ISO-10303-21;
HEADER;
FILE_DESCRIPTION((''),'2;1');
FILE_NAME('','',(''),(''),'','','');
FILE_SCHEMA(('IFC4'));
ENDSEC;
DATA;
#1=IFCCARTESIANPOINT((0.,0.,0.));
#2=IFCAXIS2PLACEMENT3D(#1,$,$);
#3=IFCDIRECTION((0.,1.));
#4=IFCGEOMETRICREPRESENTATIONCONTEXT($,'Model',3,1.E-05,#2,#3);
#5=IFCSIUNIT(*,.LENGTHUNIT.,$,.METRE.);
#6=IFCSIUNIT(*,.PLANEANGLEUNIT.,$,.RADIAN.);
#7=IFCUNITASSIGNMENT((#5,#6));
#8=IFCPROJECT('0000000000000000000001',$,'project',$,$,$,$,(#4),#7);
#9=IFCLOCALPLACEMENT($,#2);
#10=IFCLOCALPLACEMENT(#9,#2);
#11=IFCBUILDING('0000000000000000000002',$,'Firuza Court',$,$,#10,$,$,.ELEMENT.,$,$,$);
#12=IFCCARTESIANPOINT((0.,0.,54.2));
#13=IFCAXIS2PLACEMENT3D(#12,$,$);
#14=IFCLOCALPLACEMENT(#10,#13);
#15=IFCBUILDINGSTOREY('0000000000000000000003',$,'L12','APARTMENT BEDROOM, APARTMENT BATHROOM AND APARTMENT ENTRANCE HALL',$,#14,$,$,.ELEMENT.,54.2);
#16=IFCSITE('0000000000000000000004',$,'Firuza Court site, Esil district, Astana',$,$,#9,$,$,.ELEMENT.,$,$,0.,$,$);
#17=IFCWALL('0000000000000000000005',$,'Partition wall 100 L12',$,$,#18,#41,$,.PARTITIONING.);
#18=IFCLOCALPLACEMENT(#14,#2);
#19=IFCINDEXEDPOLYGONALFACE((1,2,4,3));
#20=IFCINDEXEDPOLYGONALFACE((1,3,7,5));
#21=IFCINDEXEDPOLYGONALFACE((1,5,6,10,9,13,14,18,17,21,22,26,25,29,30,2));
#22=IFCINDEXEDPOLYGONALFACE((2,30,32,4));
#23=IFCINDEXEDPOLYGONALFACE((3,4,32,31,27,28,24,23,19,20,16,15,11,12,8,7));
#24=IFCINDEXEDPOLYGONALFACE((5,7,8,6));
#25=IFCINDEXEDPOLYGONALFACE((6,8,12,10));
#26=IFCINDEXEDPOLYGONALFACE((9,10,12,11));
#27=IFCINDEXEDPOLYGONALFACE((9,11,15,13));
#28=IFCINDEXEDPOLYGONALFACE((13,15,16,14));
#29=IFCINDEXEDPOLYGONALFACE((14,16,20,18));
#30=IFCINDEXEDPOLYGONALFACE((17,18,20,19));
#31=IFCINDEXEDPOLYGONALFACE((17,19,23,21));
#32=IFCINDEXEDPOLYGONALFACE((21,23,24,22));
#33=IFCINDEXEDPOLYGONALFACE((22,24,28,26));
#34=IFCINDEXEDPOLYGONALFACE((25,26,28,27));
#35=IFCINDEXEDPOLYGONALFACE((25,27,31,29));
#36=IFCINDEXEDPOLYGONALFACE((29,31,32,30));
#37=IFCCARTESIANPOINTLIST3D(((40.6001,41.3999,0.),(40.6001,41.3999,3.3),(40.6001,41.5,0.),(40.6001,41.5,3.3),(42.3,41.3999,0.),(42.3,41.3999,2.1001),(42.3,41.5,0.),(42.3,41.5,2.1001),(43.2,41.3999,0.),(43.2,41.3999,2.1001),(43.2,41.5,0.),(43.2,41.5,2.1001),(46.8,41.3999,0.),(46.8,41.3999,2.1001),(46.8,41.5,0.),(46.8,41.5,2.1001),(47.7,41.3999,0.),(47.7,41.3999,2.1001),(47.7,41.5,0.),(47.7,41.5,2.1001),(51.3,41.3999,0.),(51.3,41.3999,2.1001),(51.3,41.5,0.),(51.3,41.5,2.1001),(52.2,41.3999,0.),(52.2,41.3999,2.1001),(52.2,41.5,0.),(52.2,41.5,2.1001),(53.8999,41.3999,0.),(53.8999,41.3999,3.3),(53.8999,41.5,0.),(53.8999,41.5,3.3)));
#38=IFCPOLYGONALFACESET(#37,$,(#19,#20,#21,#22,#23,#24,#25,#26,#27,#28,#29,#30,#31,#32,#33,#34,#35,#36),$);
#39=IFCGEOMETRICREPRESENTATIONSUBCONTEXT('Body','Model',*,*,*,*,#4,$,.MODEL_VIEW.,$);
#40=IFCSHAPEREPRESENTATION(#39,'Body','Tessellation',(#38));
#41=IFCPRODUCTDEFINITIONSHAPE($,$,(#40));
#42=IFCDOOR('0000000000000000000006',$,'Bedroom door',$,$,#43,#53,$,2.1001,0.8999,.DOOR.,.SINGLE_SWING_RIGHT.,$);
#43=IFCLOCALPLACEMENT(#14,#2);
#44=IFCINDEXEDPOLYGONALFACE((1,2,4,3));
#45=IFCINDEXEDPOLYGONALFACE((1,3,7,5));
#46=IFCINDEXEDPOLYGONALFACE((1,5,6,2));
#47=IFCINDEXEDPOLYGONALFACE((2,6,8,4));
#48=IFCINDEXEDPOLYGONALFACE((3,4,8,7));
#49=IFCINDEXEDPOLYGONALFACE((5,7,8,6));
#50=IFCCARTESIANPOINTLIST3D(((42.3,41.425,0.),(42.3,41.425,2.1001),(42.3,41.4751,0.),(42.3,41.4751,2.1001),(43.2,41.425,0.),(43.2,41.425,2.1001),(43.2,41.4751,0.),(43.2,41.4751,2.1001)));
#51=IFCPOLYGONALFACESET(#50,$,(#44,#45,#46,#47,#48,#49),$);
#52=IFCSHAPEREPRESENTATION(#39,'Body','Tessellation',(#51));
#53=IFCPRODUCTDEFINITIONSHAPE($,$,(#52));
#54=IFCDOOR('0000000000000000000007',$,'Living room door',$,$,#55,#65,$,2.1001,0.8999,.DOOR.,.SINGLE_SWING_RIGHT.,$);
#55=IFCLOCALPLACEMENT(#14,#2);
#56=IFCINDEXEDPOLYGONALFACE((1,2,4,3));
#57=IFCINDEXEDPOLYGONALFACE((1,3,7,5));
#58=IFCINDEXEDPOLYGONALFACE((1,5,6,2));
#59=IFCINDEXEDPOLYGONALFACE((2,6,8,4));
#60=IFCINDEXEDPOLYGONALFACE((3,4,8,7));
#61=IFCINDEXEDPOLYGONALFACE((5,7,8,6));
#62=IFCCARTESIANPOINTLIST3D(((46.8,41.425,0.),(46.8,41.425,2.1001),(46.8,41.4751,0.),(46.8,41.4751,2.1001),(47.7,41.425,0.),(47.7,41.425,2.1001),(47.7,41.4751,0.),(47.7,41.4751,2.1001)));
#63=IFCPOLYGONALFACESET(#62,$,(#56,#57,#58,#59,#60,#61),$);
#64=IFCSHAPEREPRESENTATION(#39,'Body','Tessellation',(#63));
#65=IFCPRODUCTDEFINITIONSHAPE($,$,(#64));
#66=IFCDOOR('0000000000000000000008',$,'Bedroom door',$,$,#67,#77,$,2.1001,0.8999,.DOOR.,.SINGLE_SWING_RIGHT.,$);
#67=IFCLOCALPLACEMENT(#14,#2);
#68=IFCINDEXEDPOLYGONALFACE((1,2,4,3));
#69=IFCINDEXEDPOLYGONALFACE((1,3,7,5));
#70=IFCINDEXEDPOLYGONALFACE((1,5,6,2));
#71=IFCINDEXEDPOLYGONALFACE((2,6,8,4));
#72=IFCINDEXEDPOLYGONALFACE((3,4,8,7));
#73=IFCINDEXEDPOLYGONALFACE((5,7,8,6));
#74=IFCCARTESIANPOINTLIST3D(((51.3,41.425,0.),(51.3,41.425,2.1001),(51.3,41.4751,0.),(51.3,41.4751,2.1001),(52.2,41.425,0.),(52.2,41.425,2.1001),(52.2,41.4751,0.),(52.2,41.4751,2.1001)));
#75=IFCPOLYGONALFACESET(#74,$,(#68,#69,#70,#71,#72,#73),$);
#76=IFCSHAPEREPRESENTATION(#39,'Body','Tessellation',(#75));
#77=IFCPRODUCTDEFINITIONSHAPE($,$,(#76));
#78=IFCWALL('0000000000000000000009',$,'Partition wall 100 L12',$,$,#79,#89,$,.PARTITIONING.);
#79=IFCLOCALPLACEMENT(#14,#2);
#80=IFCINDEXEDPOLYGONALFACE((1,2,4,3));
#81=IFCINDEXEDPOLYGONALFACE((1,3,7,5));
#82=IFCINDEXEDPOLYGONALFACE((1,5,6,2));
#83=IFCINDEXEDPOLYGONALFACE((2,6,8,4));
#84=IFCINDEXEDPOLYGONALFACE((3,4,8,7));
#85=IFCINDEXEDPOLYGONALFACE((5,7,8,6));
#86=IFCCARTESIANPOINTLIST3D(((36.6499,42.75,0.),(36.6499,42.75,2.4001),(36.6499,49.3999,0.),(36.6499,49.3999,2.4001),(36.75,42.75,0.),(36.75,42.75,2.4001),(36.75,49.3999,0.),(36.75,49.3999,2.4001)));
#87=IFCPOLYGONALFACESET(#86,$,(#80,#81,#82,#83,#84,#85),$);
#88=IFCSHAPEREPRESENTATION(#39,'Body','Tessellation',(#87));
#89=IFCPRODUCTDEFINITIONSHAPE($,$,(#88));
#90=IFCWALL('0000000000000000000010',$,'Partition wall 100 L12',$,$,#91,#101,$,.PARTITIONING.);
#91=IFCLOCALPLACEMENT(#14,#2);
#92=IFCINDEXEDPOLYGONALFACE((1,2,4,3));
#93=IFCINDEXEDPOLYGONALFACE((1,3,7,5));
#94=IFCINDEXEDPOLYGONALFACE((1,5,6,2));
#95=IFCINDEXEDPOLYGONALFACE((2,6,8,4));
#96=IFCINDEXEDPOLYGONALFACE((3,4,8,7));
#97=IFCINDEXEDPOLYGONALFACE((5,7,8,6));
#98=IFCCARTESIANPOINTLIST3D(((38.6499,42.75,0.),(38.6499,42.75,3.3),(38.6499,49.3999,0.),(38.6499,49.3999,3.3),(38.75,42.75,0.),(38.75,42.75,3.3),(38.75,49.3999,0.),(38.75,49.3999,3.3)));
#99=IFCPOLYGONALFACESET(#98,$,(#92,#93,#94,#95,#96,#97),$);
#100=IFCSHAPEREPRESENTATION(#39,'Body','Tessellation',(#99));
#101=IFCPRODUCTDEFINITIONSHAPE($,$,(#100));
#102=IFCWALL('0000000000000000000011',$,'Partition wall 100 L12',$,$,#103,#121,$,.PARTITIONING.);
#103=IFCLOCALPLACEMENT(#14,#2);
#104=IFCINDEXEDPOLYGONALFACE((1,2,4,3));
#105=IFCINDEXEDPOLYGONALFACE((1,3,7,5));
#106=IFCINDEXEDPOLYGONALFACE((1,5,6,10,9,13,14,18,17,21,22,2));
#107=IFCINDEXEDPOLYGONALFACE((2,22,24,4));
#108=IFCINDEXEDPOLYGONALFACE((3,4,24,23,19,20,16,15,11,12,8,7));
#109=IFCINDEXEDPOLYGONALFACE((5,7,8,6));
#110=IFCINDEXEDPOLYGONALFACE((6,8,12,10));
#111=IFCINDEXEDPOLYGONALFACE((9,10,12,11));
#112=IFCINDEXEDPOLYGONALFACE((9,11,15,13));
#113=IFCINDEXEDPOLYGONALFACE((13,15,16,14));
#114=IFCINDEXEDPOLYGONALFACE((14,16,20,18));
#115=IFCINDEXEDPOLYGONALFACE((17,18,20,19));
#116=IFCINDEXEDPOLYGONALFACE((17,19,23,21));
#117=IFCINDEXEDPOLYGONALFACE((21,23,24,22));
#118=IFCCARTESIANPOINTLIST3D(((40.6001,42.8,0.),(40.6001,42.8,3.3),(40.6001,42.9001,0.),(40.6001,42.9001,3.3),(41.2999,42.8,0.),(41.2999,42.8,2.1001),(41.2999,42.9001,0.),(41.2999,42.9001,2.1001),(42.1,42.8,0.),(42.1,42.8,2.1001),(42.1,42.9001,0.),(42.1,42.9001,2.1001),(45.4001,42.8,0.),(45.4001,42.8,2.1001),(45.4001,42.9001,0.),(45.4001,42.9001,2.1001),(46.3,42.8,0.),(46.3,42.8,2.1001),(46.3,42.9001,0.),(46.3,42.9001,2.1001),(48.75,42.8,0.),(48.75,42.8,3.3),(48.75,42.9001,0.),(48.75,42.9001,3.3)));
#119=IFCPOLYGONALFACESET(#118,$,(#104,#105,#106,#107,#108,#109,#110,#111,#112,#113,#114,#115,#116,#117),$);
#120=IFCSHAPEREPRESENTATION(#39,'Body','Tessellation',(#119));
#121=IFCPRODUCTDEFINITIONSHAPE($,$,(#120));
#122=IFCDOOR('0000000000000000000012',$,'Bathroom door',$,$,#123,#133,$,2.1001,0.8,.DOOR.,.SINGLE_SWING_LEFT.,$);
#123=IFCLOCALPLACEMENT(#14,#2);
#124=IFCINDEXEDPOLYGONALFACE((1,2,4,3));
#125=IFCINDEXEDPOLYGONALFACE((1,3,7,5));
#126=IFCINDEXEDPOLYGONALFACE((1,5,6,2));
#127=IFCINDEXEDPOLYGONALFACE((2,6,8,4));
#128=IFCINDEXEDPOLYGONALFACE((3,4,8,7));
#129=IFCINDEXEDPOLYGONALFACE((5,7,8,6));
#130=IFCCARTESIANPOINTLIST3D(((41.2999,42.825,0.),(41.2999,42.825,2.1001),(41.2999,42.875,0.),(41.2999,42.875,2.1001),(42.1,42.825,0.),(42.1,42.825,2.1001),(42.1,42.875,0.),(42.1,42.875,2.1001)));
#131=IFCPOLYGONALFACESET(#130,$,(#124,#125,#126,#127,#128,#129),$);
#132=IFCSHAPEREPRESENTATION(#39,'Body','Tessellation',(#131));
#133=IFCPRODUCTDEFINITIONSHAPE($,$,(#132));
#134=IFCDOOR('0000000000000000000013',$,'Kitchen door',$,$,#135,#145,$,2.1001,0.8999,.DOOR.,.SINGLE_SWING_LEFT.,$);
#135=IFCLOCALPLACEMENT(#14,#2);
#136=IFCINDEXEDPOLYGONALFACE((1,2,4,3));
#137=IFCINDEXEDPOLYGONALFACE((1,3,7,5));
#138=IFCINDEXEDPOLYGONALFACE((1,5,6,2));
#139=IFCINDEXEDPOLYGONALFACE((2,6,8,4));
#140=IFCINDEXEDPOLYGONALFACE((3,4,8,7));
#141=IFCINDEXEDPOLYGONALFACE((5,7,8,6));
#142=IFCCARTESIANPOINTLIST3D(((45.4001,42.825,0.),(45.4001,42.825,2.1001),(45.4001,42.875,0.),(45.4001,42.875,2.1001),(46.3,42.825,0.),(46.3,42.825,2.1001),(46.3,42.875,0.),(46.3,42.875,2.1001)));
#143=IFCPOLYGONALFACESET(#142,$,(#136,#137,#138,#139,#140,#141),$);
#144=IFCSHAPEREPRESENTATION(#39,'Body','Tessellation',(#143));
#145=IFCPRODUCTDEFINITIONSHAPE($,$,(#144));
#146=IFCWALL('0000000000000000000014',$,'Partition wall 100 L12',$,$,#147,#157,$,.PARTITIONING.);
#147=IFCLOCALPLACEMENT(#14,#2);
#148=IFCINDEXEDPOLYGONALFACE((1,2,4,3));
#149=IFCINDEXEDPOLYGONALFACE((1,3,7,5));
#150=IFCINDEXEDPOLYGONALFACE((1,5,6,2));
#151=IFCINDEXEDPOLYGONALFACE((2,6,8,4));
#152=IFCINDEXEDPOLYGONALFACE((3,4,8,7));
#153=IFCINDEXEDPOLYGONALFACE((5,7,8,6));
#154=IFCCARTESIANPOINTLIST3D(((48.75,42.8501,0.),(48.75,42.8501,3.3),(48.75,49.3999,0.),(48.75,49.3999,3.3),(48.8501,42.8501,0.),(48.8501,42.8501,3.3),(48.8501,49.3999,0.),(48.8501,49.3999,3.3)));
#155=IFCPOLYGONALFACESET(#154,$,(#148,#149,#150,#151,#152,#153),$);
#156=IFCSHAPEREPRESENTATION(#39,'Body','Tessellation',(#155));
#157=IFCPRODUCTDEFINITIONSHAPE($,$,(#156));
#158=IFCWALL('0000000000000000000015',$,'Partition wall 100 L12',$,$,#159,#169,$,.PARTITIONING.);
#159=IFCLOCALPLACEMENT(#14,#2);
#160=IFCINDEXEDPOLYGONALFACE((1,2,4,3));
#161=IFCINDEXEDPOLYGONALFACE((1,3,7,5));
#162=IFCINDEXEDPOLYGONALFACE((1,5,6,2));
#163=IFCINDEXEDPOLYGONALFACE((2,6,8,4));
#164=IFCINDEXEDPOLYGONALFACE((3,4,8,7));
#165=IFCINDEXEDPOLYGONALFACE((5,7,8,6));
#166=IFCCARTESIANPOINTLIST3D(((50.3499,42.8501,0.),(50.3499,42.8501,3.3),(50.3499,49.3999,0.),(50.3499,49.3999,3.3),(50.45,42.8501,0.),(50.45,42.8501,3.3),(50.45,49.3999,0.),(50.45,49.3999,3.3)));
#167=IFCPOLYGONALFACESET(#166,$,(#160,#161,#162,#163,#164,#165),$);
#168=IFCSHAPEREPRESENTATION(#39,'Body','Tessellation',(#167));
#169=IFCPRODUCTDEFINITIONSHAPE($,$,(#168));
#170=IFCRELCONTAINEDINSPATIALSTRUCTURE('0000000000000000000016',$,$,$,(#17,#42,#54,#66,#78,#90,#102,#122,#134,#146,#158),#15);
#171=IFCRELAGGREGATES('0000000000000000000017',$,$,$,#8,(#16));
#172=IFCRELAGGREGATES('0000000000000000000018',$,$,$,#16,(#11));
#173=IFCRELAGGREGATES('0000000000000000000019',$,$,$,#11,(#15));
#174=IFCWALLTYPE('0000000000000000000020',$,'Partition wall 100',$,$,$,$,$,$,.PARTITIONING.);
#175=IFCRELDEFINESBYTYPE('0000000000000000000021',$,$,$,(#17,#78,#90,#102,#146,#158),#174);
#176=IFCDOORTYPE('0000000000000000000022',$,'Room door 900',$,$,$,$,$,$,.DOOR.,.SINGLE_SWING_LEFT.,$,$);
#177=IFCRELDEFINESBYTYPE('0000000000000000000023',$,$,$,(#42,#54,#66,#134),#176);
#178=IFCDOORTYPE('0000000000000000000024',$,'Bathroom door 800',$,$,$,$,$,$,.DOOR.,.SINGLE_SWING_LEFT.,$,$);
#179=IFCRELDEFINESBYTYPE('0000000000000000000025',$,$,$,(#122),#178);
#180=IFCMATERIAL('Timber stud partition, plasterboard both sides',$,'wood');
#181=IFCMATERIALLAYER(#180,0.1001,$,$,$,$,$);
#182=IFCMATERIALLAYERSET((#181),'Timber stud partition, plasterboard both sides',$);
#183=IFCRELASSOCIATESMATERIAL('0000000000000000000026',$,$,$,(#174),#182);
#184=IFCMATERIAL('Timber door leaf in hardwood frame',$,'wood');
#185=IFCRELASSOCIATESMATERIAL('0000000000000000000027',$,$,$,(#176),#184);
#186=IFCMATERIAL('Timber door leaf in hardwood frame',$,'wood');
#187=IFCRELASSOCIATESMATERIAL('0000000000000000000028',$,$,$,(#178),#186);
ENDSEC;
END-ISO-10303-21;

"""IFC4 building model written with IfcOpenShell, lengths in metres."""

from ifc_helpers import new_model, si_unit, direction, frame, frame_2d, origin, place, context, subcontext, project, spatial, rectangle, extrude, material, layer, layer_set, type_object, element, fill, save


model = new_model("IFC4")

# Units and contexts
model_context = context("Model", 3, precision=1e-05, world=origin(), true_north=direction((0.0, 1.0)))
body_context = subcontext(model_context, "Body", "Model", "MODEL_VIEW")
ifc_project = project(units=[si_unit("LENGTHUNIT", "METRE"), si_unit("PLANEANGLEUNIT", "RADIAN")], contexts=[model_context])

# Site, building, storey
site_placement = place(None, origin())
site = spatial("IfcSite", under=ifc_project, at=site_placement, Name="Firuza Court site, Esil district, Astana", CompositionType="ELEMENT", RefElevation=0.0)
building_placement = place(site_placement, origin())
building = spatial("IfcBuilding", under=site, at=building_placement, Name="Firuza Court", CompositionType="ELEMENT")
storey_placement = place(building_placement, frame((0.0, 0.0, 54.2)))
storey = spatial("IfcBuildingStorey", under=building, at=storey_placement, Name="L12", Description="APARTMENT BEDROOM, APARTMENT BATHROOM AND APARTMENT ENTRANCE HALL", CompositionType="ELEMENT", Elevation=54.2)

# Shared definitions
ifc_material_1 = material(Name="Timber stud partition, plasterboard both sides", Category="wood")
ifc_layer_1 = layer(ifc_material_1, 0.1001)
ifc_layer_set_1 = layer_set([ifc_layer_1], Name="Timber stud partition, plasterboard both sides")
wall_type_1 = type_object("IfcWallType", Name="Partition wall 100", PredefinedType="PARTITIONING", material=ifc_layer_set_1)

# Wall, openings, doors
wall_1_placement = place(storey_placement, frame((40.6001, 41.45, 0.0), z_axis=(0.0, 0.0, 1.0), x_axis=(1.0, 0.0, 0.0)))
wall_1 = element("IfcWall", 1, at=wall_1_placement, inside=storey, type_object=wall_type_1, Name="Partition wall 100 L12", PredefinedType="PARTITIONING", context=body_context, shape_type="SweptSolid", body=[
    extrude(rectangle(XDim=13.2998, YDim=0.1001, at=frame_2d((6.6499, 0.0))), origin(), (0.0, 0.0, 1.0), 3.3),
])
opening_1_placement = place(wall_1_placement, frame((1.7, 0.0, 0.0)))
opening_1 = element("IfcOpeningElement", 2, at=opening_1_placement, cuts=wall_1, PredefinedType="OPENING", context=body_context, shape_type="SweptSolid", body=[
    extrude(rectangle(XDim=0.8999, YDim=2.1001, at=frame_2d((0.45, 1.05))), frame((0.0, 0.062, 0.0), z_axis=(0.0, -1.0, 0.0), x_axis=(1.0, 0.0, 0.0)), (0.0, 0.0, 1.0), 0.124),
])
opening_2_placement = place(wall_1_placement, frame((6.2, 0.0, 0.0)))
opening_2 = element("IfcOpeningElement", 3, at=opening_2_placement, cuts=wall_1, PredefinedType="OPENING", context=body_context, shape_type="SweptSolid", body=[
    extrude(rectangle(XDim=0.8999, YDim=2.1001, at=frame_2d((0.45, 1.05))), frame((0.0, 0.062, 0.0), z_axis=(0.0, -1.0, 0.0), x_axis=(1.0, 0.0, 0.0)), (0.0, 0.0, 1.0), 0.124),
])
opening_3_placement = place(wall_1_placement, frame((10.7, 0.0, 0.0)))
opening_3 = element("IfcOpeningElement", 4, at=opening_3_placement, cuts=wall_1, PredefinedType="OPENING", context=body_context, shape_type="SweptSolid", body=[
    extrude(rectangle(XDim=0.8999, YDim=2.1001, at=frame_2d((0.45, 1.05))), frame((0.0, 0.062, 0.0), z_axis=(0.0, -1.0, 0.0), x_axis=(1.0, 0.0, 0.0)), (0.0, 0.0, 1.0), 0.124),
])
ifc_material_2 = material(Name="Timber door leaf in hardwood frame", Category="wood")
door_type_1 = type_object("IfcDoorType", Name="Room door 900", OperationType="SINGLE_SWING_LEFT", PredefinedType="DOOR", material=ifc_material_2)
door_1_placement = place(opening_1_placement, frame((0.8999, 0.0, 0.0), z_axis=(0.0, 0.0, 1.0), x_axis=(-1.0, 0.0, 0.0)))
door_1 = element("IfcDoor", 5, at=door_1_placement, inside=storey, type_object=door_type_1, Name="Bedroom door", OperationType="SINGLE_SWING_RIGHT", OverallHeight=2.1001, OverallWidth=0.8999, PredefinedType="DOOR", context=body_context, shape_type="SweptSolid", body=[
    extrude(rectangle(XDim=0.8999, YDim=2.1001, at=frame_2d((0.45, 1.05))), frame((0.0, 0.0249, 0.0), z_axis=(0.0, -1.0, 0.0), x_axis=(1.0, 0.0, 0.0)), (0.0, 0.0, 1.0), 0.05),
])
fill(opening_1, door_1)
door_2_placement = place(opening_2_placement, frame((0.8999, 0.0, 0.0), z_axis=(0.0, 0.0, 1.0), x_axis=(-1.0, 0.0, 0.0)))
door_2 = element("IfcDoor", 6, at=door_2_placement, inside=storey, type_object=door_type_1, Name="Living room door", OperationType="SINGLE_SWING_RIGHT", OverallHeight=2.1001, OverallWidth=0.8999, PredefinedType="DOOR", context=body_context, shape_type="SweptSolid", body=[
    extrude(rectangle(XDim=0.8999, YDim=2.1001, at=frame_2d((0.45, 1.05))), frame((0.0, 0.0249, 0.0), z_axis=(0.0, -1.0, 0.0), x_axis=(1.0, 0.0, 0.0)), (0.0, 0.0, 1.0), 0.05),
])
fill(opening_2, door_2)
door_3_placement = place(opening_3_placement, frame((0.8999, 0.0, 0.0), z_axis=(0.0, 0.0, 1.0), x_axis=(-1.0, 0.0, 0.0)))
door_3 = element("IfcDoor", 7, at=door_3_placement, inside=storey, type_object=door_type_1, Name="Bedroom door", OperationType="SINGLE_SWING_RIGHT", OverallHeight=2.1001, OverallWidth=0.8999, PredefinedType="DOOR", context=body_context, shape_type="SweptSolid", body=[
    extrude(rectangle(XDim=0.8999, YDim=2.1001, at=frame_2d((0.45, 1.05))), frame((0.0, 0.0249, 0.0), z_axis=(0.0, -1.0, 0.0), x_axis=(1.0, 0.0, 0.0)), (0.0, 0.0, 1.0), 0.05),
])
fill(opening_3, door_3)

# Walls
wall_2_placement = place(storey_placement, frame((36.7, 42.75, 0.0), z_axis=(0.0, 0.0, 1.0), x_axis=(0.0, 1.0, 0.0)))
element("IfcWall", 8, at=wall_2_placement, inside=storey, type_object=wall_type_1, Name="Partition wall 100 L12", PredefinedType="PARTITIONING", context=body_context, shape_type="SweptSolid", body=[
    extrude(rectangle(XDim=6.6499, YDim=0.1001, at=frame_2d((3.325, 0.0))), origin(), (0.0, 0.0, 1.0), 2.4001),
])
wall_3_placement = place(storey_placement, frame((38.7, 42.75, 0.0), z_axis=(0.0, 0.0, 1.0), x_axis=(0.0, 1.0, 0.0)))
element("IfcWall", 9, at=wall_3_placement, inside=storey, type_object=wall_type_1, Name="Partition wall 100 L12", PredefinedType="PARTITIONING", context=body_context, shape_type="SweptSolid", body=[
    extrude(rectangle(XDim=6.6499, YDim=0.1001, at=frame_2d((3.325, 0.0))), origin(), (0.0, 0.0, 1.0), 3.3),
])

# Wall, openings, doors
wall_4_placement = place(storey_placement, frame((40.6001, 42.8501, 0.0), z_axis=(0.0, 0.0, 1.0), x_axis=(1.0, 0.0, 0.0)))
wall_4 = element("IfcWall", 10, at=wall_4_placement, inside=storey, type_object=wall_type_1, Name="Partition wall 100 L12", PredefinedType="PARTITIONING", context=body_context, shape_type="SweptSolid", body=[
    extrude(rectangle(XDim=8.1499, YDim=0.1001, at=frame_2d((4.075, 0.0))), origin(), (0.0, 0.0, 1.0), 3.3),
])
opening_4_placement = place(wall_4_placement, frame((0.7, 0.0, 0.0)))
opening_4 = element("IfcOpeningElement", 11, at=opening_4_placement, cuts=wall_4, PredefinedType="OPENING", context=body_context, shape_type="SweptSolid", body=[
    extrude(rectangle(XDim=0.8, YDim=2.1001, at=frame_2d((0.3999, 1.05))), frame((0.0, 0.062, 0.0), z_axis=(0.0, -1.0, 0.0), x_axis=(1.0, 0.0, 0.0)), (0.0, 0.0, 1.0), 0.124),
])
opening_5_placement = place(wall_4_placement, frame((4.8, 0.0, 0.0)))
opening_5 = element("IfcOpeningElement", 12, at=opening_5_placement, cuts=wall_4, PredefinedType="OPENING", context=body_context, shape_type="SweptSolid", body=[
    extrude(rectangle(XDim=0.8999, YDim=2.1001, at=frame_2d((0.45, 1.05))), frame((0.0, 0.062, 0.0), z_axis=(0.0, -1.0, 0.0), x_axis=(1.0, 0.0, 0.0)), (0.0, 0.0, 1.0), 0.124),
])
ifc_material_3 = material(Name="Timber door leaf in hardwood frame", Category="wood")
door_type_2 = type_object("IfcDoorType", Name="Bathroom door 800", OperationType="SINGLE_SWING_LEFT", PredefinedType="DOOR", material=ifc_material_3)
door_4_placement = place(opening_4_placement, origin())
door_4 = element("IfcDoor", 13, at=door_4_placement, inside=storey, type_object=door_type_2, Name="Bathroom door", OperationType="SINGLE_SWING_LEFT", OverallHeight=2.1001, OverallWidth=0.8, PredefinedType="DOOR", context=body_context, shape_type="SweptSolid", body=[
    extrude(rectangle(XDim=0.8, YDim=2.1001, at=frame_2d((0.3999, 1.05))), frame((0.0, 0.0249, 0.0), z_axis=(0.0, -1.0, 0.0), x_axis=(1.0, 0.0, 0.0)), (0.0, 0.0, 1.0), 0.05),
])
fill(opening_4, door_4)
door_5_placement = place(opening_5_placement, origin())
door_5 = element("IfcDoor", 14, at=door_5_placement, inside=storey, type_object=door_type_1, Name="Kitchen door", OperationType="SINGLE_SWING_LEFT", OverallHeight=2.1001, OverallWidth=0.8999, PredefinedType="DOOR", context=body_context, shape_type="SweptSolid", body=[
    extrude(rectangle(XDim=0.8999, YDim=2.1001, at=frame_2d((0.45, 1.05))), frame((0.0, 0.0249, 0.0), z_axis=(0.0, -1.0, 0.0), x_axis=(1.0, 0.0, 0.0)), (0.0, 0.0, 1.0), 0.05),
])
fill(opening_5, door_5)

# Walls
for number, where, z_axis, x_axis, name in (
    (15, (48.8, 42.8501, 0.0), (0.0, 0.0, 1.0), (0.0, 1.0, 0.0), "Partition wall 100 L12"),
    (16, (50.3999, 42.8501, 0.0), (0.0, 0.0, 1.0), (0.0, 1.0, 0.0), "Partition wall 100 L12"),
):
    element("IfcWall", number, at=place(storey_placement, frame(where, z_axis=z_axis, x_axis=x_axis)), inside=storey, type_object=wall_type_1, Name=name, PredefinedType="PARTITIONING", context=body_context, shape_type="SweptSolid", body=[
        extrude(rectangle(XDim=6.5498, YDim=0.1001, at=frame_2d((3.2749, 0.0))), origin(), (0.0, 0.0, 1.0), 3.3),
    ])

save(model, "model.ifc")
